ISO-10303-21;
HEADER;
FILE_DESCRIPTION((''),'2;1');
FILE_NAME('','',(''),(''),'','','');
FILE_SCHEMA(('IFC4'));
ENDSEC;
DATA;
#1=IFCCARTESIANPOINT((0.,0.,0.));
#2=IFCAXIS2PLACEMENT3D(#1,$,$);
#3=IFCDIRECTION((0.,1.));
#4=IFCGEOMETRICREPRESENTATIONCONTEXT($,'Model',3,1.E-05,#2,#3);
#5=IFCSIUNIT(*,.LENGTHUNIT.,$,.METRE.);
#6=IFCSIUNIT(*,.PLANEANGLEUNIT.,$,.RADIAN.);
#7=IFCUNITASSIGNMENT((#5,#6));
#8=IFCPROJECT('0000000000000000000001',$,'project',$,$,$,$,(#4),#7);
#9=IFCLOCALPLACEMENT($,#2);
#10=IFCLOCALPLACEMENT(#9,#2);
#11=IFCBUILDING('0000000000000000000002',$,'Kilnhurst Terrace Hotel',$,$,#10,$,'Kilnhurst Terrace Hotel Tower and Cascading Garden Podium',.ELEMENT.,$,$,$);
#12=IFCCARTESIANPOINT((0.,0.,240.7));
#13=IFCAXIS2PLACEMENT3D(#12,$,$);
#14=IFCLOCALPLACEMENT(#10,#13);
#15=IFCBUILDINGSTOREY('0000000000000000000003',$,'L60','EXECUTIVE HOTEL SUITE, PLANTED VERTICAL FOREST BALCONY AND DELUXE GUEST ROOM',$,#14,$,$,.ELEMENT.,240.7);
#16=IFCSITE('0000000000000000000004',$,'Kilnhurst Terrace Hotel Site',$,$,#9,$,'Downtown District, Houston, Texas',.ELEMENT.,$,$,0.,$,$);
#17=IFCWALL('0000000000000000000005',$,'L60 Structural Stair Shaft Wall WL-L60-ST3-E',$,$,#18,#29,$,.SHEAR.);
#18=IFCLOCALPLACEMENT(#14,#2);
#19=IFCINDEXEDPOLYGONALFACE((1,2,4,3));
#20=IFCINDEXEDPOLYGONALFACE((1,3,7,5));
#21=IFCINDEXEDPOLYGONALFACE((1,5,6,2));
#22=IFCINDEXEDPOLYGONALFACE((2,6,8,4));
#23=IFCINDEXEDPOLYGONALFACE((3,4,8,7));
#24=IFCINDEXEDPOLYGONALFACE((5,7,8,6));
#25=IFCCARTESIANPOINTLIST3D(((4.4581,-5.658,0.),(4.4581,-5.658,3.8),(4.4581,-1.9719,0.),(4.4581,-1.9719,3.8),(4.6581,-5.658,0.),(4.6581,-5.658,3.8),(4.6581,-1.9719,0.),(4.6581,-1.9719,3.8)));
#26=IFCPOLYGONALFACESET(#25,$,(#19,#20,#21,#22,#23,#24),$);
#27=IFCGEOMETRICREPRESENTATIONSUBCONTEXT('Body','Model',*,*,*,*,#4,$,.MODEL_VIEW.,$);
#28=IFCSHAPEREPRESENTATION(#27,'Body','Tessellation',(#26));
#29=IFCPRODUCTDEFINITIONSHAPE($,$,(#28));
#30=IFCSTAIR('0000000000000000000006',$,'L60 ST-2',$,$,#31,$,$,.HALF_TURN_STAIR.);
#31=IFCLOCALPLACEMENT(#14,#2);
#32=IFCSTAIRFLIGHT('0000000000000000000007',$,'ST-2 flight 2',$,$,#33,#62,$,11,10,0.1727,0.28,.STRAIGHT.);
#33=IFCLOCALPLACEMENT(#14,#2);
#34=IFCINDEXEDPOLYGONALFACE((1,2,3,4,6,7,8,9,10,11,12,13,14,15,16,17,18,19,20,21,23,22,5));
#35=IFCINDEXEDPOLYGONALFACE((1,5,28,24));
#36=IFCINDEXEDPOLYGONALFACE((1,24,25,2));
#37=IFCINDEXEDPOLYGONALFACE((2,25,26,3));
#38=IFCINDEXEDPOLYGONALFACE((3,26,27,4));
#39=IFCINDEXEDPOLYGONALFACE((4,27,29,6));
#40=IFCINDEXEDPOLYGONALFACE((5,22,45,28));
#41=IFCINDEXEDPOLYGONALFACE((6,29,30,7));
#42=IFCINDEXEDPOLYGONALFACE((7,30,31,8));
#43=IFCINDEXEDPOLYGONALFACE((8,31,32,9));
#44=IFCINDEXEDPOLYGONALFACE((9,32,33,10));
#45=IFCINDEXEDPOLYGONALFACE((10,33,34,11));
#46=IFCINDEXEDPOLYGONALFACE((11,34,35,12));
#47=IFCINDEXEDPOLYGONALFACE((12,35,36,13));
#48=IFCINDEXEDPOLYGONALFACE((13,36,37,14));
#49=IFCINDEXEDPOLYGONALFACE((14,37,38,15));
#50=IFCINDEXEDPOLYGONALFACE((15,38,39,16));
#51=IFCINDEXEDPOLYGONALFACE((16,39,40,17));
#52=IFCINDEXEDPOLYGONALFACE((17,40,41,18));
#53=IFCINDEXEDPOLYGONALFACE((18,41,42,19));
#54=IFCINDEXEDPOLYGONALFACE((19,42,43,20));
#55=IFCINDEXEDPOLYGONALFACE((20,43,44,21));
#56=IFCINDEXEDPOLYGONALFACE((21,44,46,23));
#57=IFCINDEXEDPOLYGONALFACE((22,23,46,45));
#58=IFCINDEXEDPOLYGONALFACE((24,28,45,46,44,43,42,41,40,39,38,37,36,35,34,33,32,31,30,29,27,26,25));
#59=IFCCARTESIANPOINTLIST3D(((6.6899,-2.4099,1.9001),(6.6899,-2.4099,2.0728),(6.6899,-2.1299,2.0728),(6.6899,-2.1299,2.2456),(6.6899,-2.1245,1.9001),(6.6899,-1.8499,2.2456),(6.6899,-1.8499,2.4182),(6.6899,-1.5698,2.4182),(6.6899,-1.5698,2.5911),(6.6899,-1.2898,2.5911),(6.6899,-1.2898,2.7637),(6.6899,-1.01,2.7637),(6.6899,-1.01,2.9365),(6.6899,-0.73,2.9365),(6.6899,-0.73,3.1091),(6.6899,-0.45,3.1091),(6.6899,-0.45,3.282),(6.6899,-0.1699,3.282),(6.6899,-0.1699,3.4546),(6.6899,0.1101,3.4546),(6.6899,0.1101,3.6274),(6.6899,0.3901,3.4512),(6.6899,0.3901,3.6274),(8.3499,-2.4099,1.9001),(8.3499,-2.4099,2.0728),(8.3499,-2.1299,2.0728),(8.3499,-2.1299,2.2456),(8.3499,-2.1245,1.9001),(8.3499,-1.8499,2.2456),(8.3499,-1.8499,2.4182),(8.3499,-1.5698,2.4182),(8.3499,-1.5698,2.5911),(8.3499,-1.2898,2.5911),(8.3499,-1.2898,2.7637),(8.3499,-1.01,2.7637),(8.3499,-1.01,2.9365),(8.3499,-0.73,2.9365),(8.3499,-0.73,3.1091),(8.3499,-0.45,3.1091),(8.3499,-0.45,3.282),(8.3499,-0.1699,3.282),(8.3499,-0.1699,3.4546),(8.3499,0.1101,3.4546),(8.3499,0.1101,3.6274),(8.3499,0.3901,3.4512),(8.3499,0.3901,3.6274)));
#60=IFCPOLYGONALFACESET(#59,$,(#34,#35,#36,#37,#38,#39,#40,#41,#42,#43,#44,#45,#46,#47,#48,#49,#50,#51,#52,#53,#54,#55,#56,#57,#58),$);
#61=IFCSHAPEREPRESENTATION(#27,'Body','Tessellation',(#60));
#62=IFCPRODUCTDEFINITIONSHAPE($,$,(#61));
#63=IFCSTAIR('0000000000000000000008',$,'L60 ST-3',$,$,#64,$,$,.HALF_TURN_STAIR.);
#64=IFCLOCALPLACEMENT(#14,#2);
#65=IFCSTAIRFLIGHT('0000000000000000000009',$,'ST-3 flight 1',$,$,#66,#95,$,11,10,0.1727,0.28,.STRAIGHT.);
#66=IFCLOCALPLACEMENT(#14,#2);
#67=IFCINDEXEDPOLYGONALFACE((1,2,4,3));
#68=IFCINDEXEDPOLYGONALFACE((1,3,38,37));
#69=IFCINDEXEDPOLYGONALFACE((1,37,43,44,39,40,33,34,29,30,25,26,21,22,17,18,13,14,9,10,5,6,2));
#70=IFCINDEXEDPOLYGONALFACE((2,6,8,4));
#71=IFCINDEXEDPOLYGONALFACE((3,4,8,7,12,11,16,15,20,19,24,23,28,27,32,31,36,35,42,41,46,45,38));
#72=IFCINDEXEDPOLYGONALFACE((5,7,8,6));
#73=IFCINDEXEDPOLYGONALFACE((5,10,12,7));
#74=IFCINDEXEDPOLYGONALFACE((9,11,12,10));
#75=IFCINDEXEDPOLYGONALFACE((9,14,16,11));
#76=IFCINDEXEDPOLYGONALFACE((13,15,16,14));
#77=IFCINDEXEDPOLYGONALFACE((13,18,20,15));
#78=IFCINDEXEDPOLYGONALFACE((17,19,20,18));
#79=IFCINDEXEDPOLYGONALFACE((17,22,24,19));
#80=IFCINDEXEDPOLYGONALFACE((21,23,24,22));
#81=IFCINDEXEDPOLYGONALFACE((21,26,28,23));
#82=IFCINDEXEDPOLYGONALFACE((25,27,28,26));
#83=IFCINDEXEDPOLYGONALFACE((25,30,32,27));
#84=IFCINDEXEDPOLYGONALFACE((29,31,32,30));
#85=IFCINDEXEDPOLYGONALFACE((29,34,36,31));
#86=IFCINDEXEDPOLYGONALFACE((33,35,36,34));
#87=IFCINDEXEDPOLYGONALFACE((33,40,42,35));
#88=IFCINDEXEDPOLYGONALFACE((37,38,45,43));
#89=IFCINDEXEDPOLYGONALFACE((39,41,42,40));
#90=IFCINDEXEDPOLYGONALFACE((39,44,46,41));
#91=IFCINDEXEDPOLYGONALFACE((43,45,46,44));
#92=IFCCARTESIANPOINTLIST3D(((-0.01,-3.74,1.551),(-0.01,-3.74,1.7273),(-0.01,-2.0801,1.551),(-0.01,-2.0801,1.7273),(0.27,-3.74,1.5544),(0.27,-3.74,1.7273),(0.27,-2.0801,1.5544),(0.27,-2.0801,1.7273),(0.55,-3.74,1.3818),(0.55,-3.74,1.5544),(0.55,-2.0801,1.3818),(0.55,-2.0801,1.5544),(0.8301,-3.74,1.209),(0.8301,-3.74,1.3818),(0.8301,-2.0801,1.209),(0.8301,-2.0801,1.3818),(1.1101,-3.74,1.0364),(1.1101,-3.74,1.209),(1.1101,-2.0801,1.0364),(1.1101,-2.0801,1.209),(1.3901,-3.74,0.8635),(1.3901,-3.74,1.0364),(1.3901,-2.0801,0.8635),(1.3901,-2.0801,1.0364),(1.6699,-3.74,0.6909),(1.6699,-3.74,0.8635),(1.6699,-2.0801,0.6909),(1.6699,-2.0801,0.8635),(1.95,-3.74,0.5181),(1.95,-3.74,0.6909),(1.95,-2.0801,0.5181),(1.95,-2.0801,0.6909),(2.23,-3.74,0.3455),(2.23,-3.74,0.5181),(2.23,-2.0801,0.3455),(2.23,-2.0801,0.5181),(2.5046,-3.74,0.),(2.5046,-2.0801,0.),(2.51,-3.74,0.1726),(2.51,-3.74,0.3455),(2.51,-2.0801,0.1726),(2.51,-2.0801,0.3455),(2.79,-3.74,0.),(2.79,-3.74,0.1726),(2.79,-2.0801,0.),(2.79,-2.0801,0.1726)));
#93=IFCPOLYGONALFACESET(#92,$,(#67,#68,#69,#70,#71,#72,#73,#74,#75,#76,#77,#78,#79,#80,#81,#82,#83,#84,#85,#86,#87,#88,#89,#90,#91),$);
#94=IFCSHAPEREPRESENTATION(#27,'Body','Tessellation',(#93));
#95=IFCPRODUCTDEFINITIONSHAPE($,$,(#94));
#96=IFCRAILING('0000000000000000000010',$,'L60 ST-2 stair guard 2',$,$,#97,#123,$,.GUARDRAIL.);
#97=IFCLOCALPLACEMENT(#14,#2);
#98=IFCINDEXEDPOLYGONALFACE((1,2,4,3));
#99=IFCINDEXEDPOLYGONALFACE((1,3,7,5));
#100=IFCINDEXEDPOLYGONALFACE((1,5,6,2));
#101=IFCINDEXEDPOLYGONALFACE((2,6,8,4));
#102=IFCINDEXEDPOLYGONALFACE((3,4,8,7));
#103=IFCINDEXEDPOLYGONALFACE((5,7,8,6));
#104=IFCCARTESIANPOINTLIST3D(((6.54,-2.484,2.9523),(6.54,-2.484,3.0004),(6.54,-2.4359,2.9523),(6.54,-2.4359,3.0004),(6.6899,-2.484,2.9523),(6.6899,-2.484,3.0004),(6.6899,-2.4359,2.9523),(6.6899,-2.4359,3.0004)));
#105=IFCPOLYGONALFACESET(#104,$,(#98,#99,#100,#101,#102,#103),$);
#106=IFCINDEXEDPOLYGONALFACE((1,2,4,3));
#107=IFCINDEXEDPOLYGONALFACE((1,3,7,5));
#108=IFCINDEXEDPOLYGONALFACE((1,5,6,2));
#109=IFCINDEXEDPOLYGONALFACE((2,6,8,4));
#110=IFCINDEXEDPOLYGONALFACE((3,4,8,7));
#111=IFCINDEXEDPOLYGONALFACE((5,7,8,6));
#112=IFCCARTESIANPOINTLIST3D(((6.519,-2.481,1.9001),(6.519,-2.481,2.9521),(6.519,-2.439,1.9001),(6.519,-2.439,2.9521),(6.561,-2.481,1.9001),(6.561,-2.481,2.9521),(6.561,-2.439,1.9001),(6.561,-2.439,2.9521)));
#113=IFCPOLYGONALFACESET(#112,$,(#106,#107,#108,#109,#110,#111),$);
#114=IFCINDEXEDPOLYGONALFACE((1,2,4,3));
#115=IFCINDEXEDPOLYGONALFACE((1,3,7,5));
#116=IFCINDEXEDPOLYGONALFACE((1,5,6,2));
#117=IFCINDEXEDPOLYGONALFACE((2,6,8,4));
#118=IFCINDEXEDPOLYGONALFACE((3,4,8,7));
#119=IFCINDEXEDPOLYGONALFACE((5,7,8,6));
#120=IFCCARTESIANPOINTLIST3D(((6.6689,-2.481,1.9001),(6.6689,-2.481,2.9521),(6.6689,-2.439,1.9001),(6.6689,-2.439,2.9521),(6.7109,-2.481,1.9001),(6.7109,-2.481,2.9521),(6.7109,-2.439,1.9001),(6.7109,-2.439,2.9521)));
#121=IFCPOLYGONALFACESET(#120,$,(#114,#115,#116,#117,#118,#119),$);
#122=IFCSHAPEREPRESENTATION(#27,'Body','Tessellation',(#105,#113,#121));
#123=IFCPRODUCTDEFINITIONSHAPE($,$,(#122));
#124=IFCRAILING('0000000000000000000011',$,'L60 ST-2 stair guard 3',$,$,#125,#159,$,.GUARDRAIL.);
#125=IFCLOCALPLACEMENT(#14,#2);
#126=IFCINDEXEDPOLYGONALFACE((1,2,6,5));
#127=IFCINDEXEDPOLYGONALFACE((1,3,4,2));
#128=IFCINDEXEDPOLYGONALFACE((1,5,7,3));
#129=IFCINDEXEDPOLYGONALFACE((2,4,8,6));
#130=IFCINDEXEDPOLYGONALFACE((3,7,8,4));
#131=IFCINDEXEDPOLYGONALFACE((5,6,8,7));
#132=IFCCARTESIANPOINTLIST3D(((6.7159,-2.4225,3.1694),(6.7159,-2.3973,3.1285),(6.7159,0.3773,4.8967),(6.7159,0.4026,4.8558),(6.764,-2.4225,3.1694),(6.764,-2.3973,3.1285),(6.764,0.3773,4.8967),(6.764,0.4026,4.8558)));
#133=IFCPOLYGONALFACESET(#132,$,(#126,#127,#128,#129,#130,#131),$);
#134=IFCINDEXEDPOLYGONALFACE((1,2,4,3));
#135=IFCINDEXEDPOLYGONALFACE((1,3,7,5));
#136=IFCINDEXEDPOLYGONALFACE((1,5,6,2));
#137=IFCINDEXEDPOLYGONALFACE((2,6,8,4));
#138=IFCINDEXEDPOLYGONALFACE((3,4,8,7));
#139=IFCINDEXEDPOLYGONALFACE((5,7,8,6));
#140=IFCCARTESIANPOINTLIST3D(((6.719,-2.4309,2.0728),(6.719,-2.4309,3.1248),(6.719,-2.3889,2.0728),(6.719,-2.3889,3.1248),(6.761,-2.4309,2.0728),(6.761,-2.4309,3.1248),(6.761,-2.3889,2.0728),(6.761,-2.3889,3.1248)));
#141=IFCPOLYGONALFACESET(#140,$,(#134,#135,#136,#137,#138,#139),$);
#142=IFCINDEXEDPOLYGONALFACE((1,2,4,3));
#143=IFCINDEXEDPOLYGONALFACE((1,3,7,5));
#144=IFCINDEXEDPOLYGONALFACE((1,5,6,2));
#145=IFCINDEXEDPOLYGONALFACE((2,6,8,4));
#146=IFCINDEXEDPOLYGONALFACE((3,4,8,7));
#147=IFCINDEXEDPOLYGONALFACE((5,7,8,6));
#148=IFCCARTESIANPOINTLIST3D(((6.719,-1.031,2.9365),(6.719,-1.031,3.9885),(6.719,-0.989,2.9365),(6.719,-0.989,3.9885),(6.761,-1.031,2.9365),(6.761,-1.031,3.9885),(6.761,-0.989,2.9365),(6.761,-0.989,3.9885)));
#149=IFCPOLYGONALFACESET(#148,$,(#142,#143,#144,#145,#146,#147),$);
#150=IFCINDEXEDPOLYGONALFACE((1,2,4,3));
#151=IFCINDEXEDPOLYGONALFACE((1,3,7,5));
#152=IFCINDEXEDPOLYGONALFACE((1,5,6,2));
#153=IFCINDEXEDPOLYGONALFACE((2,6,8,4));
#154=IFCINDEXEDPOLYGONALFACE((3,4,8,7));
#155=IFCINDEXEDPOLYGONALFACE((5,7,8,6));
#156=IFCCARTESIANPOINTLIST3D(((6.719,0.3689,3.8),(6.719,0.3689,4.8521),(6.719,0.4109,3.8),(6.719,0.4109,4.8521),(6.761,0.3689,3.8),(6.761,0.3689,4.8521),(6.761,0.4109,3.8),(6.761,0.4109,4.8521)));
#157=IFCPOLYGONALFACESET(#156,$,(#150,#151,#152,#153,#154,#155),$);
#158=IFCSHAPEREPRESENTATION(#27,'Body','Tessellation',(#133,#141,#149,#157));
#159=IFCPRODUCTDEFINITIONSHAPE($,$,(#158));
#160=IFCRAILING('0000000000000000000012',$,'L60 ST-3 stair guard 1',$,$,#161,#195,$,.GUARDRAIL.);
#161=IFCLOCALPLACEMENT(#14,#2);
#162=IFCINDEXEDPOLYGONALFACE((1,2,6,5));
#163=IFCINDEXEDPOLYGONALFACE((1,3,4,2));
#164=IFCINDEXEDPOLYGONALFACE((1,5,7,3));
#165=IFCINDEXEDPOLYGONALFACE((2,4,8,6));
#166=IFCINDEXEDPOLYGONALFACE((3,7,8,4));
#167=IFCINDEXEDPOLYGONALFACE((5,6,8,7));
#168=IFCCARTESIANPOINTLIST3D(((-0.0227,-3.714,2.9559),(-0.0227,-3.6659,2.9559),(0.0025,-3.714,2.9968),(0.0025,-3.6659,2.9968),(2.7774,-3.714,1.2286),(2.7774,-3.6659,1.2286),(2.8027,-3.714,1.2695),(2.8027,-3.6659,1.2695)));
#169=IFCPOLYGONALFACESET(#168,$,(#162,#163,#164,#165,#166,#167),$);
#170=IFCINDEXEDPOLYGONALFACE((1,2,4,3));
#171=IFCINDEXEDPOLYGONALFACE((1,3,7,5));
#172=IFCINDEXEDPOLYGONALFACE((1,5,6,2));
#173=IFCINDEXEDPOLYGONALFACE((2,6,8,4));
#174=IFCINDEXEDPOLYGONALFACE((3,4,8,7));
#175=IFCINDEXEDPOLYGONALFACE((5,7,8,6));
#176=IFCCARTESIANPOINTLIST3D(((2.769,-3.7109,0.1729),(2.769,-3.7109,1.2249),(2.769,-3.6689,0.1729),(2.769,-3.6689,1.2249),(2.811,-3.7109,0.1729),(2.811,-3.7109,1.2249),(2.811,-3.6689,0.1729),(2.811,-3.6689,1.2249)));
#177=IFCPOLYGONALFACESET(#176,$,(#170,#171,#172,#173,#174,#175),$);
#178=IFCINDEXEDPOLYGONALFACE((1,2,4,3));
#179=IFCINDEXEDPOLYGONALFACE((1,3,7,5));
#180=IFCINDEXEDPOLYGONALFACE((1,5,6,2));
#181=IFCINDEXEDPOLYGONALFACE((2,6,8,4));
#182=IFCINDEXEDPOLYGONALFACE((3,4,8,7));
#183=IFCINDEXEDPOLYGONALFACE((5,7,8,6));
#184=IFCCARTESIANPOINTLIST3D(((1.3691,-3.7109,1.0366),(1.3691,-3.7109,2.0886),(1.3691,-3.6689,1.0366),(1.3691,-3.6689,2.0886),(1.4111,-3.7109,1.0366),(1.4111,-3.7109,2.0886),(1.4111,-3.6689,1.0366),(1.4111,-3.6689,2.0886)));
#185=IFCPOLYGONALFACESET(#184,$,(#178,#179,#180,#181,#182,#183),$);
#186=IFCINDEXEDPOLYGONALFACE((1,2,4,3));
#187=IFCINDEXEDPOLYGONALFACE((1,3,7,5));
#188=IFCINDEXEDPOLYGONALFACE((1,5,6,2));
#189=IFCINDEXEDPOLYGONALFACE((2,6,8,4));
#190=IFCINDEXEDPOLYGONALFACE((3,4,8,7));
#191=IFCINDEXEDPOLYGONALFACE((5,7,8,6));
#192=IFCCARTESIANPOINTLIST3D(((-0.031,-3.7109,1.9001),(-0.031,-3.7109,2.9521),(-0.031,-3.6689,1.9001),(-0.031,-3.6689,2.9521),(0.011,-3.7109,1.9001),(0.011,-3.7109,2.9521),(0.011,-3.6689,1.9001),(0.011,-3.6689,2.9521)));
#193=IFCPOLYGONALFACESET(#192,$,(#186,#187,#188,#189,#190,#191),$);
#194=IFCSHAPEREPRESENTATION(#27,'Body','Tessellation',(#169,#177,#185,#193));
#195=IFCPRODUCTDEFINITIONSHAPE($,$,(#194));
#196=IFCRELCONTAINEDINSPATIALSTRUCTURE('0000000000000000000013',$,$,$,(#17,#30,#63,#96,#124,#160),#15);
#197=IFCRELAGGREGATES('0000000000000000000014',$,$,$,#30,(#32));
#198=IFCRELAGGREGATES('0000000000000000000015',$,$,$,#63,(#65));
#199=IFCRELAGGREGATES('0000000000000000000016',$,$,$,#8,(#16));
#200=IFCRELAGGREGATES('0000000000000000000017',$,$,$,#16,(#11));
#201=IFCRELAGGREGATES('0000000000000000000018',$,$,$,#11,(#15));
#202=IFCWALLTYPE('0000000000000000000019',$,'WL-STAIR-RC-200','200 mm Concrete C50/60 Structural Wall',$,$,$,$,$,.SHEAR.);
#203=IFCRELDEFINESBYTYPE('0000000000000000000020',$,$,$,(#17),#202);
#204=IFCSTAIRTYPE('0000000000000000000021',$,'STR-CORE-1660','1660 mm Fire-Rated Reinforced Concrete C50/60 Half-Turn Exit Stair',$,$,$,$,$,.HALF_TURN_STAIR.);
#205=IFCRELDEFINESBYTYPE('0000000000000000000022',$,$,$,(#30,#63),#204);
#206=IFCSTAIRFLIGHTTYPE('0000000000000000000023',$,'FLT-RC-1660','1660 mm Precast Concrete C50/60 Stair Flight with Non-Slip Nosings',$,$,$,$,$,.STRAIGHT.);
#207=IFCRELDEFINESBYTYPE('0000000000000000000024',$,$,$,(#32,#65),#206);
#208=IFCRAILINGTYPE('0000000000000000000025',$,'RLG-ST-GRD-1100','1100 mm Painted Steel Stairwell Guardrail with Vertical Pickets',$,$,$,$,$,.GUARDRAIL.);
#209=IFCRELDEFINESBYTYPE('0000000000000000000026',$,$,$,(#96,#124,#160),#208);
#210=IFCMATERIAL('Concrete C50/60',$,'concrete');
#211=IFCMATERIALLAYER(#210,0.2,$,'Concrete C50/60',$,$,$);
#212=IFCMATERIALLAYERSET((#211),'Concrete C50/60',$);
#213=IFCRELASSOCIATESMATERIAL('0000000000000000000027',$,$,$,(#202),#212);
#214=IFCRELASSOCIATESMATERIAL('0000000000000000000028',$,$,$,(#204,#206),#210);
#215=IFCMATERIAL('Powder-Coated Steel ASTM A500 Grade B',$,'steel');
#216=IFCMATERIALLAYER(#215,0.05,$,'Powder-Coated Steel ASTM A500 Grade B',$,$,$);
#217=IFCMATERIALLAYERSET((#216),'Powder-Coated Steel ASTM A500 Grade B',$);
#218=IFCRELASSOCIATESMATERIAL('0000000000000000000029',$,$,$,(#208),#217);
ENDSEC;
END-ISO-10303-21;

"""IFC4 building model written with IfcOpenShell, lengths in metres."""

from ifc_helpers import new_model, si_unit, direction, frame, frame_2d, origin, origin_2d, place, context, subcontext, project, spatial, polyline, rectangle, outline, extrude, material, layer, layer_set, type_object, element, aggregate, save


model = new_model("IFC4")

# Units and contexts
model_context = context("Model", 3, precision=1e-05, world=origin(), true_north=direction((0.0, 1.0)))
body_context = subcontext(model_context, "Body", "Model", "MODEL_VIEW")
ifc_project = project(units=[si_unit("LENGTHUNIT", "METRE"), si_unit("PLANEANGLEUNIT", "RADIAN")], contexts=[model_context])

# Site, building, storey
site_placement = place(None, origin())
site = spatial("IfcSite", under=ifc_project, at=site_placement, Name="Kilnhurst Terrace Hotel Site", LongName="Downtown District, Houston, Texas", CompositionType="ELEMENT", RefElevation=0.0)
building_placement = place(site_placement, origin())
building = spatial("IfcBuilding", under=site, at=building_placement, Name="Kilnhurst Terrace Hotel", LongName="Kilnhurst Terrace Hotel Tower and Cascading Garden Podium", CompositionType="ELEMENT")
storey_placement = place(building_placement, frame((0.0, 0.0, 240.7)))
storey = spatial("IfcBuildingStorey", under=building, at=storey_placement, Name="L60", Description="EXECUTIVE HOTEL SUITE, PLANTED VERTICAL FOREST BALCONY AND DELUXE GUEST ROOM", CompositionType="ELEMENT", Elevation=240.7)

# Shared definitions
ifc_material_1 = material(Name="Concrete C50/60", Category="concrete")

# Wall
ifc_layer_1 = layer(ifc_material_1, 0.2, Name="Concrete C50/60")
ifc_layer_set_1 = layer_set([ifc_layer_1], Name="Concrete C50/60")
wall_type_1 = type_object("IfcWallType", Name="WL-STAIR-RC-200", Description="200 mm Concrete C50/60 Structural Wall", PredefinedType="SHEAR", material=ifc_layer_set_1)
for number, where, z_axis, x_axis, name in (
    (1, (4.5581, -5.658, 0.0), (0.0, 0.0, 1.0), (0.0, 1.0, 0.0), "L60 Structural Stair Shaft Wall WL-L60-ST3-E"),
):
    element("IfcWall", number, at=place(storey_placement, frame(where, z_axis=z_axis, x_axis=x_axis)), inside=storey, type_object=wall_type_1, Name=name, PredefinedType="SHEAR", context=body_context, shape_type="SweptSolid", body=[
        extrude(rectangle(XDim=3.686, YDim=0.2, at=frame_2d((1.843, 0.0))), origin(), (0.0, 0.0, 1.0), 3.8),
    ])

# Stairs, stair flights
stair_type = type_object("IfcStairType", Name="STR-CORE-1660", Description="1660 mm Fire-Rated Reinforced Concrete C50/60 Half-Turn Exit Stair", PredefinedType="HALF_TURN_STAIR", material=ifc_material_1)
stair_1_placement = place(storey_placement, origin())
stair_1 = element("IfcStair", 2, at=stair_1_placement, inside=storey, type_object=stair_type, Name="L60 ST-2", PredefinedType="HALF_TURN_STAIR")
stair_flight_type = type_object("IfcStairFlightType", Name="FLT-RC-1660", Description="1660 mm Precast Concrete C50/60 Stair Flight with Non-Slip Nosings", PredefinedType="STRAIGHT", material=ifc_material_1)
stair_flight_1_placement = place(storey_placement, frame((7.52, -2.4099, 1.9001), z_axis=(0.0, 0.0, 1.0), x_axis=(0.0, 1.0, 0.0)))
stair_flight_1 = element("IfcStairFlight", 3, at=stair_flight_1_placement, type_object=stair_flight_type, Name="ST-2 flight 2", NumberOfRisers=11, NumberOfTreads=10, PredefinedType="STRAIGHT", RiserHeight=0.1727, TreadLength=0.28, context=body_context, shape_type="SweptSolid", body=[
    extrude(outline(polyline([(0.0, 0.0), (0.0, 0.1726), (0.28, 0.1726), (0.28, 0.3455), (0.5601, 0.3455), (0.5601, 0.5181), (0.8401, 0.5181), (0.8401, 0.6909), (1.1201, 0.6909), (1.1201, 0.8635), (1.3999, 0.8635), (1.3999, 1.0364), (1.6799, 1.0364), (1.6799, 1.209), (1.96, 1.209), (1.96, 1.3818), (2.24, 1.3818), (2.24, 1.5544), (2.52, 1.5544), (2.52, 1.7273), (2.8, 1.7273), (2.8, 1.8999), (2.8, 1.551), (0.2854, 0.0), (0.0, 0.0)])), frame((0.0, 0.8301, 0.0), z_axis=(0.0, -1.0, 0.0), x_axis=(1.0, 0.0, 0.0)), (0.0, 0.0, 1.0), 1.6599),
])
aggregate(stair_1, [stair_flight_1])
stair_2_placement = place(storey_placement, origin())
stair_2 = element("IfcStair", 4, at=stair_2_placement, inside=storey, type_object=stair_type, Name="L60 ST-3", PredefinedType="HALF_TURN_STAIR")
stair_flight_2_placement = place(storey_placement, frame((2.79, -2.9099, 0.0), z_axis=(0.0, 0.0, 1.0), x_axis=(-1.0, 0.0, 0.0)))
stair_flight_2 = element("IfcStairFlight", 5, at=stair_flight_2_placement, type_object=stair_flight_type, Name="ST-3 flight 1", NumberOfRisers=11, NumberOfTreads=10, PredefinedType="STRAIGHT", RiserHeight=0.1727, TreadLength=0.28, context=body_context, shape_type="SweptSolid", body=[
    extrude(outline(polyline([(0.0, 0.0), (0.0, 0.1726), (0.28, 0.1726), (0.28, 0.3455), (0.5601, 0.3455), (0.5601, 0.5181), (0.8401, 0.5181), (0.8401, 0.6909), (1.1201, 0.6909), (1.1201, 0.8635), (1.3999, 0.8635), (1.3999, 1.0364), (1.6799, 1.0364), (1.6799, 1.209), (1.96, 1.209), (1.96, 1.3818), (2.24, 1.3818), (2.24, 1.5544), (2.52, 1.5544), (2.52, 1.7273), (2.8, 1.7273), (2.8, 1.8999), (2.8, 1.551), (0.2854, 0.0), (0.0, 0.0)])), frame((0.0, 0.8301, 0.0), z_axis=(0.0, -1.0, 0.0), x_axis=(1.0, 0.0, 0.0)), (0.0, 0.0, 1.0), 1.6599),
])
aggregate(stair_2, [stair_flight_2])

# Railings
ifc_material_2 = material(Name="Powder-Coated Steel ASTM A500 Grade B", Category="steel")
ifc_layer_2 = layer(ifc_material_2, 0.05, Name="Powder-Coated Steel ASTM A500 Grade B")
ifc_layer_set_2 = layer_set([ifc_layer_2], Name="Powder-Coated Steel ASTM A500 Grade B")
railing_type_1 = type_object("IfcRailingType", Name="RLG-ST-GRD-1100", Description="1100 mm Painted Steel Stairwell Guardrail with Vertical Pickets", PredefinedType="GUARDRAIL", material=ifc_layer_set_2)
railing_1_placement = place(storey_placement, frame((6.54, -2.46, 1.9001)))
element("IfcRailing", 6, at=railing_1_placement, inside=storey, type_object=railing_type_1, Name="L60 ST-2 stair guard 2", PredefinedType="GUARDRAIL", context=body_context, shape_type="SweptSolid", body=[
    extrude(rectangle(XDim=0.0481, YDim=0.0481, at=origin_2d()), frame((0.0, 0.0, 1.0762), z_axis=(1.0, 0.0, 0.0), x_axis=(0.0, 1.0, 0.0)), (0.0, 0.0, 1.0), 0.1499),
    extrude(rectangle(XDim=0.042, YDim=0.042, at=origin_2d()), origin(), (0.0, 0.0, 1.0), 1.052),
    extrude(rectangle(XDim=0.042, YDim=0.042, at=origin_2d()), frame((0.1499, 0.0, 0.0)), (0.0, 0.0, 1.0), 1.052),
])
railing_2_placement = place(storey_placement, frame((6.74, -2.4099, 2.0728)))
element("IfcRailing", 7, at=railing_2_placement, inside=storey, type_object=railing_type_1, Name="L60 ST-2 stair guard 3", PredefinedType="GUARDRAIL", context=body_context, shape_type="SweptSolid", body=[
    extrude(rectangle(XDim=0.0481, YDim=0.0481, at=origin_2d()), frame((0.0, 0.0, 1.0762), z_axis=(0.0, 0.851069, 0.525054), x_axis=(-1.0, 0.0, 0.0)), (0.0, 0.0, 1.0), 3.2898),
    extrude(rectangle(XDim=0.042, YDim=0.042, at=origin_2d()), origin(), (0.0, 0.0, 1.0), 1.052),
    extrude(rectangle(XDim=0.042, YDim=0.042, at=origin_2d()), frame((0.0, 1.3999, 0.8638)), (0.0, 0.0, 1.0), 1.052),
    extrude(rectangle(XDim=0.042, YDim=0.042, at=origin_2d()), frame((0.0, 2.7998, 1.7273)), (0.0, 0.0, 1.0), 1.052),
])
railing_3_placement = place(storey_placement, frame((2.79, -3.6899, 0.1729)))
element("IfcRailing", 8, at=railing_3_placement, inside=storey, type_object=railing_type_1, Name="L60 ST-3 stair guard 1", PredefinedType="GUARDRAIL", context=body_context, shape_type="SweptSolid", body=[
    extrude(rectangle(XDim=0.0481, YDim=0.0481, at=origin_2d()), frame((0.0, 0.0, 1.0762), z_axis=(-0.85109, 0.0, 0.52502), x_axis=(0.0, -1.0, 0.0)), (0.0, 0.0, 1.0), 3.29),
    extrude(rectangle(XDim=0.042, YDim=0.042, at=origin_2d()), origin(), (0.0, 0.0, 1.0), 1.052),
    extrude(rectangle(XDim=0.042, YDim=0.042, at=origin_2d()), frame((-1.3999, 0.0, 0.8638)), (0.0, 0.0, 1.0), 1.052),
    extrude(rectangle(XDim=0.042, YDim=0.042, at=origin_2d()), frame((-2.8, 0.0, 1.7273)), (0.0, 0.0, 1.0), 1.052),
])

save(model, "model.ifc")
